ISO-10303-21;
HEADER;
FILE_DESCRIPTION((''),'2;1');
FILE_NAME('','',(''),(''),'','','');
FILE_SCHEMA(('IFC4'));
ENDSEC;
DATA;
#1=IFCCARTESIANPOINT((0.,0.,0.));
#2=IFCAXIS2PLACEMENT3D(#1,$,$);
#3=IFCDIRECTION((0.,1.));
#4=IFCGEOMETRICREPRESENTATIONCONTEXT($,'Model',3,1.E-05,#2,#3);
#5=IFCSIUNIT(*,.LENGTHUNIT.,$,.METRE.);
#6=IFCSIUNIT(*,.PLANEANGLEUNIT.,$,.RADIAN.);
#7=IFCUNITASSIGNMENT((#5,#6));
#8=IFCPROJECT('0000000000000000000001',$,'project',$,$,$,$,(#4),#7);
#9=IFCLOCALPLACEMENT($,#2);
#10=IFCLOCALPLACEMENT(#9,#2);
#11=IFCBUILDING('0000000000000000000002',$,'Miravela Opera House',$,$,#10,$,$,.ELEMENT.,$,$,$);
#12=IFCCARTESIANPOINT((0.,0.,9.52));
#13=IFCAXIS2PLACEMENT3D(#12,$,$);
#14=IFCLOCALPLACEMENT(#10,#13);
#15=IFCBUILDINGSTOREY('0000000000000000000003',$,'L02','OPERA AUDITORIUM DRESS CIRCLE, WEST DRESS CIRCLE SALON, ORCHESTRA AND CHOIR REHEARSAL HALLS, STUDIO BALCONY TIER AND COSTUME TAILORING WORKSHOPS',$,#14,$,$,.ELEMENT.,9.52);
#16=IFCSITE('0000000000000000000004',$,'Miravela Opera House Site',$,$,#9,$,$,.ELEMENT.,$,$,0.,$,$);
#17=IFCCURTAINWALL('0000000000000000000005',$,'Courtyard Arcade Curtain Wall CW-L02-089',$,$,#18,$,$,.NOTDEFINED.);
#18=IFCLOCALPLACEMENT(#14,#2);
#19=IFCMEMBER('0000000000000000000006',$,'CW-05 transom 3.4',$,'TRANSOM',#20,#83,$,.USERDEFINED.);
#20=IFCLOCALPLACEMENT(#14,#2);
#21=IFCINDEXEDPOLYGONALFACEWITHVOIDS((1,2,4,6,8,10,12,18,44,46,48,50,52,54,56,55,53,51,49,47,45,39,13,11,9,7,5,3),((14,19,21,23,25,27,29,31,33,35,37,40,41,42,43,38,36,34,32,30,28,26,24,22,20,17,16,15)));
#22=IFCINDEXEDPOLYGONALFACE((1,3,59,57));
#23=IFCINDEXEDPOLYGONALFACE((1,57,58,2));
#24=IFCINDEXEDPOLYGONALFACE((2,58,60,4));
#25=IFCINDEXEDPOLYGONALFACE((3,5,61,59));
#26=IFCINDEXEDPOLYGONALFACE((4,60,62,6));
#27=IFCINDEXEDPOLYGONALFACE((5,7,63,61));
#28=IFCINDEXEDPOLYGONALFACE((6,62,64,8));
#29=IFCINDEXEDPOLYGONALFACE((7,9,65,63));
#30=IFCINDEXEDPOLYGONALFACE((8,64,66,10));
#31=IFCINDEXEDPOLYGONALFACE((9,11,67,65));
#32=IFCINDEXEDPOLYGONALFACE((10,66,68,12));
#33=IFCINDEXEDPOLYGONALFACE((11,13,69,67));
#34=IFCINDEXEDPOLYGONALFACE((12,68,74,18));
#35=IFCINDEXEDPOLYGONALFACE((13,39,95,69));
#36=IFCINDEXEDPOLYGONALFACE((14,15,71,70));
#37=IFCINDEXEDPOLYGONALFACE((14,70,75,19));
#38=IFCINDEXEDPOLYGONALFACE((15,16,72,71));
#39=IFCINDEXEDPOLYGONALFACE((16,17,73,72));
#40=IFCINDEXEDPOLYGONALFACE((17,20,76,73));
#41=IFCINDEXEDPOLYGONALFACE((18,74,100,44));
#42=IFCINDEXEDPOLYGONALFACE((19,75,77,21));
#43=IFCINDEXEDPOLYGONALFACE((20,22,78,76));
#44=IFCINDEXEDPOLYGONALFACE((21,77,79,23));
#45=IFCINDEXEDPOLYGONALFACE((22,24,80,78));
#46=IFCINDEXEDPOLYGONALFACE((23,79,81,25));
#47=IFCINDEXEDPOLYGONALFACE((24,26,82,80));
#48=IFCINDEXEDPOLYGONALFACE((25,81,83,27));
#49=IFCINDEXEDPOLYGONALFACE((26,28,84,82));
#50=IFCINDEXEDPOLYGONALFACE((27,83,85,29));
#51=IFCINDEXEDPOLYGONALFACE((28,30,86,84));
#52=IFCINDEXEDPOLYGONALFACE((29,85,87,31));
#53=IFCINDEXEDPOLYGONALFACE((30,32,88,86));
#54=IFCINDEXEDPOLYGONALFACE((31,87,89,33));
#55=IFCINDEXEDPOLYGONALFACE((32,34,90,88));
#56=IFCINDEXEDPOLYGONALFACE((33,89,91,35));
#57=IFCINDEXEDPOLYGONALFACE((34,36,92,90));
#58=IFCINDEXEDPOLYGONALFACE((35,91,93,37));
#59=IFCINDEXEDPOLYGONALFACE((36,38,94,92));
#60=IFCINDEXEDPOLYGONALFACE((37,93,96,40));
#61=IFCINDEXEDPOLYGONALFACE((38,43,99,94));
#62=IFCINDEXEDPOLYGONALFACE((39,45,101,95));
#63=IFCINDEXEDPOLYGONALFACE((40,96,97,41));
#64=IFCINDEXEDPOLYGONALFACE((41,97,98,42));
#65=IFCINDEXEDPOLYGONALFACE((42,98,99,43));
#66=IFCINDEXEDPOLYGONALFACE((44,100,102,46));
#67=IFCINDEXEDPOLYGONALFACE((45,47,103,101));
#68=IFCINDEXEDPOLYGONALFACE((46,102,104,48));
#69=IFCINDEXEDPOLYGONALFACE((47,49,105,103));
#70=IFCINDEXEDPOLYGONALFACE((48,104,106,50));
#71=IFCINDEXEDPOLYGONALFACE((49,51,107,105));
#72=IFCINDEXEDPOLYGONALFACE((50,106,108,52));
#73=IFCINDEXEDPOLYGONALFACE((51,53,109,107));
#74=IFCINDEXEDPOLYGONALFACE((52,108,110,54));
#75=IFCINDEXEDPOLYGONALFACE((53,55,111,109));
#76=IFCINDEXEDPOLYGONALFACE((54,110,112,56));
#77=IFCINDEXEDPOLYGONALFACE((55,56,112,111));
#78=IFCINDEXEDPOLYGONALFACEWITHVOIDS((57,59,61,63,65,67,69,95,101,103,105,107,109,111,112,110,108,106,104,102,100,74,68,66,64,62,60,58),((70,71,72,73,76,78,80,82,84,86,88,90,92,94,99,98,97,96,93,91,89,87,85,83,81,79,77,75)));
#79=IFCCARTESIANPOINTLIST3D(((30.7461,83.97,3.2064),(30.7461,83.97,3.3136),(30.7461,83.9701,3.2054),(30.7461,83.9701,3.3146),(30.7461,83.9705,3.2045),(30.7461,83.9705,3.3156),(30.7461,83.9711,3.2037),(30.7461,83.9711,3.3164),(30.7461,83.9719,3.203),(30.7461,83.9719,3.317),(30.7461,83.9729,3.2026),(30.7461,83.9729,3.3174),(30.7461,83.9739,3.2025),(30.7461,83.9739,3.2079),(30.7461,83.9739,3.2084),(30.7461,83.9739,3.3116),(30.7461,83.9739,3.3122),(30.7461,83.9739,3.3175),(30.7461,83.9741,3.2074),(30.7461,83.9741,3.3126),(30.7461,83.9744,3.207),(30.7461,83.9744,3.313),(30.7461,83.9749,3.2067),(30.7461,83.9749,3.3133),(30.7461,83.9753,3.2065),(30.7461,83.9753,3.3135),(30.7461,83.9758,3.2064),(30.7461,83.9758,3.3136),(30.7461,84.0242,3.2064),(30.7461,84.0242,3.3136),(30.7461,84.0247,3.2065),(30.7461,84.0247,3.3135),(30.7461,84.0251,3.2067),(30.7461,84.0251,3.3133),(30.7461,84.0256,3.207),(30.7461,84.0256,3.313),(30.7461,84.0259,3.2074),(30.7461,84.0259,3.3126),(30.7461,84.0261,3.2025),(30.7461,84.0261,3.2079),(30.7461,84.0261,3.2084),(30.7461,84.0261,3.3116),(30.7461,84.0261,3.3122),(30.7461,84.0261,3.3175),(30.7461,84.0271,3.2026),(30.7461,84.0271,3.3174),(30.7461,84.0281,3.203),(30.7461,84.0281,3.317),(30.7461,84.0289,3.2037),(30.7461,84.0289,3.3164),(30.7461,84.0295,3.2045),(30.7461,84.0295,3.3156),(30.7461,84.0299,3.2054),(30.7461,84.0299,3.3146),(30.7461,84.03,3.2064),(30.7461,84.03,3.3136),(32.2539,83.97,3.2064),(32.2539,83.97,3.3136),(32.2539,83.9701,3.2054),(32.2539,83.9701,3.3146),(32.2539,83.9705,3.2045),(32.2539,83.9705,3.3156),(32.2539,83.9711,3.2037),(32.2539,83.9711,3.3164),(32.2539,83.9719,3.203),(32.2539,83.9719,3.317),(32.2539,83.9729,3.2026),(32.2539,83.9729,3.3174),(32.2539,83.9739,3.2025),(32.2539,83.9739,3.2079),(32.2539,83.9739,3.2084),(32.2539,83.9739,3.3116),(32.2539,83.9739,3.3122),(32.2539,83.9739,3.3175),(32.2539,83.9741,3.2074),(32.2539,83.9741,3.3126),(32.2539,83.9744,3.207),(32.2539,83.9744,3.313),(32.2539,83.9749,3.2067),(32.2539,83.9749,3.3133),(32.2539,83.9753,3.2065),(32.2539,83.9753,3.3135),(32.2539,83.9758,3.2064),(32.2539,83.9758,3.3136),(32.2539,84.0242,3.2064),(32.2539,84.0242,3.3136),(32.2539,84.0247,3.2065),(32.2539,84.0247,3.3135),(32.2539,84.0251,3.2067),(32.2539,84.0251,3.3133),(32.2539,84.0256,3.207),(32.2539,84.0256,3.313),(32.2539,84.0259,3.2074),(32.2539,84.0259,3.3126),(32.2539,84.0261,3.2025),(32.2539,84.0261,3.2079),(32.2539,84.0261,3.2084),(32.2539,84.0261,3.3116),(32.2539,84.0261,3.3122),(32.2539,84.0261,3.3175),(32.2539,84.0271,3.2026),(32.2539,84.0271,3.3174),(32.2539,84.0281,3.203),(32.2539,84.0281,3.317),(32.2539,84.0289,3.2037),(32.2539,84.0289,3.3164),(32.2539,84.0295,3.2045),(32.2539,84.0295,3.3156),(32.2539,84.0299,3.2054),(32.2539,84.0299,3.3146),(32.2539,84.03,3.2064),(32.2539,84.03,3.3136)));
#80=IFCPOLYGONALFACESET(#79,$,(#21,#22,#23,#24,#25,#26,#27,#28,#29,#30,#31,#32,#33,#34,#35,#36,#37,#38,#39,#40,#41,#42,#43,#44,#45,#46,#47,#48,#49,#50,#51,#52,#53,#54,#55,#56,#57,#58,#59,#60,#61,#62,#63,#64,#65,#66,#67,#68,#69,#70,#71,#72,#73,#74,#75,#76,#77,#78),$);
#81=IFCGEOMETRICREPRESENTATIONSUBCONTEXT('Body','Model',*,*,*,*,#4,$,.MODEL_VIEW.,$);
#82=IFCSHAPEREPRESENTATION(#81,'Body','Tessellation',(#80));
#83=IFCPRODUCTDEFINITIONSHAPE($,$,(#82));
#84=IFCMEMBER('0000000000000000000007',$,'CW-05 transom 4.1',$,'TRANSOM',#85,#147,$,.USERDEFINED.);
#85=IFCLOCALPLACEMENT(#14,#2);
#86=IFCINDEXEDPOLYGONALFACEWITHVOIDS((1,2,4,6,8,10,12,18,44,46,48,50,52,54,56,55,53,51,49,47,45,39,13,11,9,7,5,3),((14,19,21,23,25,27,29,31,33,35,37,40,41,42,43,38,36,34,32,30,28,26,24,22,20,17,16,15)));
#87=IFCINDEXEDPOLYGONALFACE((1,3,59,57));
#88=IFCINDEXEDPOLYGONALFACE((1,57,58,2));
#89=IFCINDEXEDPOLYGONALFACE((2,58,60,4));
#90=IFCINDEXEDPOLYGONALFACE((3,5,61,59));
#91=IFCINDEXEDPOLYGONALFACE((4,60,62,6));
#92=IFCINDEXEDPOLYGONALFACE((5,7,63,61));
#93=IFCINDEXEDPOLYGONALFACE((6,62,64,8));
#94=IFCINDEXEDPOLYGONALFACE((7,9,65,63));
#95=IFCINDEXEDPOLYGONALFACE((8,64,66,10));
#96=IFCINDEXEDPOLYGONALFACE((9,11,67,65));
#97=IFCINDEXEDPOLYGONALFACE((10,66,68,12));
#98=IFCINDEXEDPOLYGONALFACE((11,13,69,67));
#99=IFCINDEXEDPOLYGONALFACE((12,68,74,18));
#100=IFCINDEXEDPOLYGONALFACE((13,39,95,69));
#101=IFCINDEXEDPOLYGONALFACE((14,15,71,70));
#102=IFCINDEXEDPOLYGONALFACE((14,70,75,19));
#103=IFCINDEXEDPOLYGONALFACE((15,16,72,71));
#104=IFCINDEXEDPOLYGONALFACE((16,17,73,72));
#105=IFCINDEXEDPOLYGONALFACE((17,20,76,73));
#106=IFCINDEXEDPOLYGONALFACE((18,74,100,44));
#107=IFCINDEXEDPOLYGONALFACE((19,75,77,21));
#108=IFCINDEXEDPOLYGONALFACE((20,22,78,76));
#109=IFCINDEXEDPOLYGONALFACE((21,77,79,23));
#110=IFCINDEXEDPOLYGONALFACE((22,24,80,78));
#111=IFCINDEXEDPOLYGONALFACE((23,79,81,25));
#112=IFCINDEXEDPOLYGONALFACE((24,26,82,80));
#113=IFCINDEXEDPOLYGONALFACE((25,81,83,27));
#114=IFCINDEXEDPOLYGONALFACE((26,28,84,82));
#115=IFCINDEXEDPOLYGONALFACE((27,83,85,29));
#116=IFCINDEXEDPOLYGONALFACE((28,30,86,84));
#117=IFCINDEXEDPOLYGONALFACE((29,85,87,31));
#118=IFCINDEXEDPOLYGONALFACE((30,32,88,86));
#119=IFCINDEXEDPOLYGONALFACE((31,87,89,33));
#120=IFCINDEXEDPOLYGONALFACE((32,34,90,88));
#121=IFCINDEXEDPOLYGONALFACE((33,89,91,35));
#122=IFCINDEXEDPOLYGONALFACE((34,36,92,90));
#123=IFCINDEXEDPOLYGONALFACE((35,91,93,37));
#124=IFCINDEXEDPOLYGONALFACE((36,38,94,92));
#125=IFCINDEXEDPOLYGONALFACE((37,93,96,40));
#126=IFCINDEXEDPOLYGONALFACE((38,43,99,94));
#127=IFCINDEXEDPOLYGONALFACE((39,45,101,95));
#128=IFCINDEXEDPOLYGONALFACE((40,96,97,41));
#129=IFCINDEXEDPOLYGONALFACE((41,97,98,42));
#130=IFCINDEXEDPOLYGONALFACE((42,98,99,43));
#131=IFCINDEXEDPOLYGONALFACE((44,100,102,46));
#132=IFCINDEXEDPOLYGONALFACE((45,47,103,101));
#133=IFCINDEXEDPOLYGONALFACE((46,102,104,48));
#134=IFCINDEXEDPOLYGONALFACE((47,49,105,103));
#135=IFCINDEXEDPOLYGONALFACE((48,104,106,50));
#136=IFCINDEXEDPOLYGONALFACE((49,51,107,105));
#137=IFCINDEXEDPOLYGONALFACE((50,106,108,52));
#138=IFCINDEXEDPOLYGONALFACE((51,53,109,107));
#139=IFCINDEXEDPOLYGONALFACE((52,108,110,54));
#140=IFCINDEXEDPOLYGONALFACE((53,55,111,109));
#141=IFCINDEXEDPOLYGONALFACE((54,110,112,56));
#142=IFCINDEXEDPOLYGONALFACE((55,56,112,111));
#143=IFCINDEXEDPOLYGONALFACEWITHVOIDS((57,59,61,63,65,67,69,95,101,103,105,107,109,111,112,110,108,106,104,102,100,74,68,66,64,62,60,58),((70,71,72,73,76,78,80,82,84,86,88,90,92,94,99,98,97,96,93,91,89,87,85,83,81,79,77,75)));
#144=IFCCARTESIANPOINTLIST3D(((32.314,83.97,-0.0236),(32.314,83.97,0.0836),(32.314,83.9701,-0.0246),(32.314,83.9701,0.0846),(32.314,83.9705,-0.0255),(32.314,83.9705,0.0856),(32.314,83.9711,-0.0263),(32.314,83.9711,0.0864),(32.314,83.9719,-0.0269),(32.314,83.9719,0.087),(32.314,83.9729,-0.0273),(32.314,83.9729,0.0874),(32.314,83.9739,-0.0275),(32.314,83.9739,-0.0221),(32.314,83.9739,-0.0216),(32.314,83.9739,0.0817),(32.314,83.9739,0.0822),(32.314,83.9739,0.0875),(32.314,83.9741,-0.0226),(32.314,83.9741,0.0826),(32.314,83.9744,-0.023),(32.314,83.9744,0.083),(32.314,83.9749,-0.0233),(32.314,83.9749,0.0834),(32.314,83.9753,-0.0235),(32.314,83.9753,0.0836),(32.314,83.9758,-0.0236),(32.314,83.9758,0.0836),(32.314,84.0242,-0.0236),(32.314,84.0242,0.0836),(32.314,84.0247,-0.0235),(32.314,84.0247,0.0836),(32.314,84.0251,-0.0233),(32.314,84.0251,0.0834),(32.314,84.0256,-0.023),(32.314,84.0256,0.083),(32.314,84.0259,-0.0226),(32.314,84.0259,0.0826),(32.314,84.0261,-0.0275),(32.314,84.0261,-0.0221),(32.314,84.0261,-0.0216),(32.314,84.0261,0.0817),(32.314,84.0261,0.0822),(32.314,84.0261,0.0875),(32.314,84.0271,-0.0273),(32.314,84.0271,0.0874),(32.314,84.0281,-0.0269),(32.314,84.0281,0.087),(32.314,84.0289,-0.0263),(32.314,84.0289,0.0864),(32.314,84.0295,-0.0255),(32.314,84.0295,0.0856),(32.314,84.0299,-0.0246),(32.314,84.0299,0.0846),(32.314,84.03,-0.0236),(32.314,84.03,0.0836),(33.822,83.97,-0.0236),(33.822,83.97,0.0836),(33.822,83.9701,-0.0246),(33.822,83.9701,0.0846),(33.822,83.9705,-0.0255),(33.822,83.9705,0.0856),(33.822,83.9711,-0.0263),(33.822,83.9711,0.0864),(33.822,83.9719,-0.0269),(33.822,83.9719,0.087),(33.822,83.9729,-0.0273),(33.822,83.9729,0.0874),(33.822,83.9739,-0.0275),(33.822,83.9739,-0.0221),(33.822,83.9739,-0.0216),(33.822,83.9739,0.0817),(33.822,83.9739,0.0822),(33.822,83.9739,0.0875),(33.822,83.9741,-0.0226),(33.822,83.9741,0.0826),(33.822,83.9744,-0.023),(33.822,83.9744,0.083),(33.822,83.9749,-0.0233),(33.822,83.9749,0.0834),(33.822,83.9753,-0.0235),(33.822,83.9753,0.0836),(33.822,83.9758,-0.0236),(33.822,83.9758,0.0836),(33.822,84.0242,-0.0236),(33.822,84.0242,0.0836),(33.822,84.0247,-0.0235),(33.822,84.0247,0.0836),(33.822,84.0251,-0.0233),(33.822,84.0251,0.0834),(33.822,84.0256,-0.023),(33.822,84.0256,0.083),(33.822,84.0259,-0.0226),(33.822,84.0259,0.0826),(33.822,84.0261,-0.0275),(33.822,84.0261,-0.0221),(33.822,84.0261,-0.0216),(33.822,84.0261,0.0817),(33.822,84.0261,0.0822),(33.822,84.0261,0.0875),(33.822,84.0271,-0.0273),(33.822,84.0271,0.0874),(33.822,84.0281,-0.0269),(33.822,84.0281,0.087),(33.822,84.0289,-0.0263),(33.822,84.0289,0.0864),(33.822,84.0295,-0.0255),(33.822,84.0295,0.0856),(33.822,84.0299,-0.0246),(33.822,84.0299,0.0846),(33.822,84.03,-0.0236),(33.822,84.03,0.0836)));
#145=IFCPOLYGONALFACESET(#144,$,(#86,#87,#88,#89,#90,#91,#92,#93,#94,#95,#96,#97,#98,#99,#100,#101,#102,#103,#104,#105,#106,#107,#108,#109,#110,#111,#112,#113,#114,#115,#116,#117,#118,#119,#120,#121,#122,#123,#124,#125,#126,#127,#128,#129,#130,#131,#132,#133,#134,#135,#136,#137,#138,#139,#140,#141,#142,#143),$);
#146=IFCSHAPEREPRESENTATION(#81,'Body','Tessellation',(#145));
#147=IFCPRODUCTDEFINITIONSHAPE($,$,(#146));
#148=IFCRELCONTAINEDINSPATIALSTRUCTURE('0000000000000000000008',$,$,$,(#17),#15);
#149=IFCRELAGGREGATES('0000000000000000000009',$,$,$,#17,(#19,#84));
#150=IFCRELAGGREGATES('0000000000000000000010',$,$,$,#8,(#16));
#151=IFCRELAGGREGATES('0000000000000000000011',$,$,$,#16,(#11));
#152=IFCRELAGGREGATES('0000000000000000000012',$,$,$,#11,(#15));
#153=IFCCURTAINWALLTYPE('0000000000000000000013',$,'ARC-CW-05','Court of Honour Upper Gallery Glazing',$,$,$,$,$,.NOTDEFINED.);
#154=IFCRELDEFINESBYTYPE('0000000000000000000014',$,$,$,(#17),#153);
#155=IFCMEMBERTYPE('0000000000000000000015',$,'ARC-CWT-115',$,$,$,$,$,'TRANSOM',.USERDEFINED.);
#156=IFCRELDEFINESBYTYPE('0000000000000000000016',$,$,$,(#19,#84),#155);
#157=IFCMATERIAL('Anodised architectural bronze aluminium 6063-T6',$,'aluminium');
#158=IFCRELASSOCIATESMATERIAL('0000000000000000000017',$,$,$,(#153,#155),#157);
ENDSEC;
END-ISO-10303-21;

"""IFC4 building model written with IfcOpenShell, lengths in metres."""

from ifc_helpers import new_model, si_unit, direction, frame, origin, origin_2d, place, context, subcontext, project, spatial, hollow_rectangle, extrude, material, material_profile, profile_set, type_object, element, aggregate, save


model = new_model("IFC4")

# Units and contexts
model_context = context("Model", 3, precision=1e-05, world=origin(), true_north=direction((0.0, 1.0)))
body_context = subcontext(model_context, "Body", "Model", "MODEL_VIEW")
ifc_project = project(units=[si_unit("LENGTHUNIT", "METRE"), si_unit("PLANEANGLEUNIT", "RADIAN")], contexts=[model_context])

# Site, building, storey
site_placement = place(None, origin())
site = spatial("IfcSite", under=ifc_project, at=site_placement, Name="Miravela Opera House Site", CompositionType="ELEMENT", RefElevation=0.0)
building_placement = place(site_placement, origin())
building = spatial("IfcBuilding", under=site, at=building_placement, Name="Miravela Opera House", CompositionType="ELEMENT")
storey_placement = place(building_placement, frame((0.0, 0.0, 9.52)))
storey = spatial("IfcBuildingStorey", under=building, at=storey_placement, Name="L02", Description="OPERA AUDITORIUM DRESS CIRCLE, WEST DRESS CIRCLE SALON, ORCHESTRA AND CHOIR REHEARSAL HALLS, STUDIO BALCONY TIER AND COSTUME TAILORING WORKSHOPS", CompositionType="ELEMENT", Elevation=9.52)

# Curtain wall, members
ifc_material_1 = material(Name="Anodised architectural bronze aluminium 6063-T6", Category="aluminium")
curtain_wall_type = type_object("IfcCurtainWallType", Name="ARC-CW-05", Description="Court of Honour Upper Gallery Glazing", PredefinedType="NOTDEFINED", material=ifc_material_1)
curtain_wall_placement = place(storey_placement, origin())
curtain_wall = element("IfcCurtainWall", 1, at=curtain_wall_placement, inside=storey, type_object=curtain_wall_type, Name="Courtyard Arcade Curtain Wall CW-L02-089", PredefinedType="NOTDEFINED")
ifc_material_profile_1 = material_profile(ifc_material_1, hollow_rectangle(XDim=0.0601, YDim=0.115, WallThickness=0.0039, InnerFilletRadius=0.002, OuterFilletRadius=0.0039, at=origin_2d()), Name="CWT-60X115")
ifc_profile_set_1 = profile_set([ifc_material_profile_1])
member_type_1 = type_object("IfcMemberType", Name="ARC-CWT-115", ElementType="TRANSOM", PredefinedType="USERDEFINED", material=ifc_profile_set_1)
member_1_placement = place(storey_placement, frame((30.7461, 84.0, 3.26), z_axis=(1.0, 0.0, 0.0), x_axis=(0.0, 1.0, 0.0)))
member_1 = element("IfcMember", 2, at=member_1_placement, type_object=member_type_1, Name="CW-05 transom 3.4", ObjectType="TRANSOM", PredefinedType="USERDEFINED", context=body_context, shape_type="SweptSolid", body=[
    extrude(hollow_rectangle(XDim=0.0601, YDim=0.115, WallThickness=0.0039, InnerFilletRadius=0.002, OuterFilletRadius=0.0039, at=origin_2d()), origin(), (0.0, 0.0, 1.0), 1.5078),
])
member_2_placement = place(storey_placement, frame((32.314, 84.0, 0.03), z_axis=(1.0, 0.0, 0.0), x_axis=(0.0, 1.0, 0.0)))
member_2 = element("IfcMember", 3, at=member_2_placement, type_object=member_type_1, Name="CW-05 transom 4.1", ObjectType="TRANSOM", PredefinedType="USERDEFINED", context=body_context, shape_type="SweptSolid", body=[
    extrude(hollow_rectangle(XDim=0.0601, YDim=0.115, WallThickness=0.0039, InnerFilletRadius=0.002, OuterFilletRadius=0.0039, at=origin_2d()), origin(), (0.0, 0.0, 1.0), 1.5081),
])
aggregate(curtain_wall, [member_1, member_2])

save(model, "model.ifc")
